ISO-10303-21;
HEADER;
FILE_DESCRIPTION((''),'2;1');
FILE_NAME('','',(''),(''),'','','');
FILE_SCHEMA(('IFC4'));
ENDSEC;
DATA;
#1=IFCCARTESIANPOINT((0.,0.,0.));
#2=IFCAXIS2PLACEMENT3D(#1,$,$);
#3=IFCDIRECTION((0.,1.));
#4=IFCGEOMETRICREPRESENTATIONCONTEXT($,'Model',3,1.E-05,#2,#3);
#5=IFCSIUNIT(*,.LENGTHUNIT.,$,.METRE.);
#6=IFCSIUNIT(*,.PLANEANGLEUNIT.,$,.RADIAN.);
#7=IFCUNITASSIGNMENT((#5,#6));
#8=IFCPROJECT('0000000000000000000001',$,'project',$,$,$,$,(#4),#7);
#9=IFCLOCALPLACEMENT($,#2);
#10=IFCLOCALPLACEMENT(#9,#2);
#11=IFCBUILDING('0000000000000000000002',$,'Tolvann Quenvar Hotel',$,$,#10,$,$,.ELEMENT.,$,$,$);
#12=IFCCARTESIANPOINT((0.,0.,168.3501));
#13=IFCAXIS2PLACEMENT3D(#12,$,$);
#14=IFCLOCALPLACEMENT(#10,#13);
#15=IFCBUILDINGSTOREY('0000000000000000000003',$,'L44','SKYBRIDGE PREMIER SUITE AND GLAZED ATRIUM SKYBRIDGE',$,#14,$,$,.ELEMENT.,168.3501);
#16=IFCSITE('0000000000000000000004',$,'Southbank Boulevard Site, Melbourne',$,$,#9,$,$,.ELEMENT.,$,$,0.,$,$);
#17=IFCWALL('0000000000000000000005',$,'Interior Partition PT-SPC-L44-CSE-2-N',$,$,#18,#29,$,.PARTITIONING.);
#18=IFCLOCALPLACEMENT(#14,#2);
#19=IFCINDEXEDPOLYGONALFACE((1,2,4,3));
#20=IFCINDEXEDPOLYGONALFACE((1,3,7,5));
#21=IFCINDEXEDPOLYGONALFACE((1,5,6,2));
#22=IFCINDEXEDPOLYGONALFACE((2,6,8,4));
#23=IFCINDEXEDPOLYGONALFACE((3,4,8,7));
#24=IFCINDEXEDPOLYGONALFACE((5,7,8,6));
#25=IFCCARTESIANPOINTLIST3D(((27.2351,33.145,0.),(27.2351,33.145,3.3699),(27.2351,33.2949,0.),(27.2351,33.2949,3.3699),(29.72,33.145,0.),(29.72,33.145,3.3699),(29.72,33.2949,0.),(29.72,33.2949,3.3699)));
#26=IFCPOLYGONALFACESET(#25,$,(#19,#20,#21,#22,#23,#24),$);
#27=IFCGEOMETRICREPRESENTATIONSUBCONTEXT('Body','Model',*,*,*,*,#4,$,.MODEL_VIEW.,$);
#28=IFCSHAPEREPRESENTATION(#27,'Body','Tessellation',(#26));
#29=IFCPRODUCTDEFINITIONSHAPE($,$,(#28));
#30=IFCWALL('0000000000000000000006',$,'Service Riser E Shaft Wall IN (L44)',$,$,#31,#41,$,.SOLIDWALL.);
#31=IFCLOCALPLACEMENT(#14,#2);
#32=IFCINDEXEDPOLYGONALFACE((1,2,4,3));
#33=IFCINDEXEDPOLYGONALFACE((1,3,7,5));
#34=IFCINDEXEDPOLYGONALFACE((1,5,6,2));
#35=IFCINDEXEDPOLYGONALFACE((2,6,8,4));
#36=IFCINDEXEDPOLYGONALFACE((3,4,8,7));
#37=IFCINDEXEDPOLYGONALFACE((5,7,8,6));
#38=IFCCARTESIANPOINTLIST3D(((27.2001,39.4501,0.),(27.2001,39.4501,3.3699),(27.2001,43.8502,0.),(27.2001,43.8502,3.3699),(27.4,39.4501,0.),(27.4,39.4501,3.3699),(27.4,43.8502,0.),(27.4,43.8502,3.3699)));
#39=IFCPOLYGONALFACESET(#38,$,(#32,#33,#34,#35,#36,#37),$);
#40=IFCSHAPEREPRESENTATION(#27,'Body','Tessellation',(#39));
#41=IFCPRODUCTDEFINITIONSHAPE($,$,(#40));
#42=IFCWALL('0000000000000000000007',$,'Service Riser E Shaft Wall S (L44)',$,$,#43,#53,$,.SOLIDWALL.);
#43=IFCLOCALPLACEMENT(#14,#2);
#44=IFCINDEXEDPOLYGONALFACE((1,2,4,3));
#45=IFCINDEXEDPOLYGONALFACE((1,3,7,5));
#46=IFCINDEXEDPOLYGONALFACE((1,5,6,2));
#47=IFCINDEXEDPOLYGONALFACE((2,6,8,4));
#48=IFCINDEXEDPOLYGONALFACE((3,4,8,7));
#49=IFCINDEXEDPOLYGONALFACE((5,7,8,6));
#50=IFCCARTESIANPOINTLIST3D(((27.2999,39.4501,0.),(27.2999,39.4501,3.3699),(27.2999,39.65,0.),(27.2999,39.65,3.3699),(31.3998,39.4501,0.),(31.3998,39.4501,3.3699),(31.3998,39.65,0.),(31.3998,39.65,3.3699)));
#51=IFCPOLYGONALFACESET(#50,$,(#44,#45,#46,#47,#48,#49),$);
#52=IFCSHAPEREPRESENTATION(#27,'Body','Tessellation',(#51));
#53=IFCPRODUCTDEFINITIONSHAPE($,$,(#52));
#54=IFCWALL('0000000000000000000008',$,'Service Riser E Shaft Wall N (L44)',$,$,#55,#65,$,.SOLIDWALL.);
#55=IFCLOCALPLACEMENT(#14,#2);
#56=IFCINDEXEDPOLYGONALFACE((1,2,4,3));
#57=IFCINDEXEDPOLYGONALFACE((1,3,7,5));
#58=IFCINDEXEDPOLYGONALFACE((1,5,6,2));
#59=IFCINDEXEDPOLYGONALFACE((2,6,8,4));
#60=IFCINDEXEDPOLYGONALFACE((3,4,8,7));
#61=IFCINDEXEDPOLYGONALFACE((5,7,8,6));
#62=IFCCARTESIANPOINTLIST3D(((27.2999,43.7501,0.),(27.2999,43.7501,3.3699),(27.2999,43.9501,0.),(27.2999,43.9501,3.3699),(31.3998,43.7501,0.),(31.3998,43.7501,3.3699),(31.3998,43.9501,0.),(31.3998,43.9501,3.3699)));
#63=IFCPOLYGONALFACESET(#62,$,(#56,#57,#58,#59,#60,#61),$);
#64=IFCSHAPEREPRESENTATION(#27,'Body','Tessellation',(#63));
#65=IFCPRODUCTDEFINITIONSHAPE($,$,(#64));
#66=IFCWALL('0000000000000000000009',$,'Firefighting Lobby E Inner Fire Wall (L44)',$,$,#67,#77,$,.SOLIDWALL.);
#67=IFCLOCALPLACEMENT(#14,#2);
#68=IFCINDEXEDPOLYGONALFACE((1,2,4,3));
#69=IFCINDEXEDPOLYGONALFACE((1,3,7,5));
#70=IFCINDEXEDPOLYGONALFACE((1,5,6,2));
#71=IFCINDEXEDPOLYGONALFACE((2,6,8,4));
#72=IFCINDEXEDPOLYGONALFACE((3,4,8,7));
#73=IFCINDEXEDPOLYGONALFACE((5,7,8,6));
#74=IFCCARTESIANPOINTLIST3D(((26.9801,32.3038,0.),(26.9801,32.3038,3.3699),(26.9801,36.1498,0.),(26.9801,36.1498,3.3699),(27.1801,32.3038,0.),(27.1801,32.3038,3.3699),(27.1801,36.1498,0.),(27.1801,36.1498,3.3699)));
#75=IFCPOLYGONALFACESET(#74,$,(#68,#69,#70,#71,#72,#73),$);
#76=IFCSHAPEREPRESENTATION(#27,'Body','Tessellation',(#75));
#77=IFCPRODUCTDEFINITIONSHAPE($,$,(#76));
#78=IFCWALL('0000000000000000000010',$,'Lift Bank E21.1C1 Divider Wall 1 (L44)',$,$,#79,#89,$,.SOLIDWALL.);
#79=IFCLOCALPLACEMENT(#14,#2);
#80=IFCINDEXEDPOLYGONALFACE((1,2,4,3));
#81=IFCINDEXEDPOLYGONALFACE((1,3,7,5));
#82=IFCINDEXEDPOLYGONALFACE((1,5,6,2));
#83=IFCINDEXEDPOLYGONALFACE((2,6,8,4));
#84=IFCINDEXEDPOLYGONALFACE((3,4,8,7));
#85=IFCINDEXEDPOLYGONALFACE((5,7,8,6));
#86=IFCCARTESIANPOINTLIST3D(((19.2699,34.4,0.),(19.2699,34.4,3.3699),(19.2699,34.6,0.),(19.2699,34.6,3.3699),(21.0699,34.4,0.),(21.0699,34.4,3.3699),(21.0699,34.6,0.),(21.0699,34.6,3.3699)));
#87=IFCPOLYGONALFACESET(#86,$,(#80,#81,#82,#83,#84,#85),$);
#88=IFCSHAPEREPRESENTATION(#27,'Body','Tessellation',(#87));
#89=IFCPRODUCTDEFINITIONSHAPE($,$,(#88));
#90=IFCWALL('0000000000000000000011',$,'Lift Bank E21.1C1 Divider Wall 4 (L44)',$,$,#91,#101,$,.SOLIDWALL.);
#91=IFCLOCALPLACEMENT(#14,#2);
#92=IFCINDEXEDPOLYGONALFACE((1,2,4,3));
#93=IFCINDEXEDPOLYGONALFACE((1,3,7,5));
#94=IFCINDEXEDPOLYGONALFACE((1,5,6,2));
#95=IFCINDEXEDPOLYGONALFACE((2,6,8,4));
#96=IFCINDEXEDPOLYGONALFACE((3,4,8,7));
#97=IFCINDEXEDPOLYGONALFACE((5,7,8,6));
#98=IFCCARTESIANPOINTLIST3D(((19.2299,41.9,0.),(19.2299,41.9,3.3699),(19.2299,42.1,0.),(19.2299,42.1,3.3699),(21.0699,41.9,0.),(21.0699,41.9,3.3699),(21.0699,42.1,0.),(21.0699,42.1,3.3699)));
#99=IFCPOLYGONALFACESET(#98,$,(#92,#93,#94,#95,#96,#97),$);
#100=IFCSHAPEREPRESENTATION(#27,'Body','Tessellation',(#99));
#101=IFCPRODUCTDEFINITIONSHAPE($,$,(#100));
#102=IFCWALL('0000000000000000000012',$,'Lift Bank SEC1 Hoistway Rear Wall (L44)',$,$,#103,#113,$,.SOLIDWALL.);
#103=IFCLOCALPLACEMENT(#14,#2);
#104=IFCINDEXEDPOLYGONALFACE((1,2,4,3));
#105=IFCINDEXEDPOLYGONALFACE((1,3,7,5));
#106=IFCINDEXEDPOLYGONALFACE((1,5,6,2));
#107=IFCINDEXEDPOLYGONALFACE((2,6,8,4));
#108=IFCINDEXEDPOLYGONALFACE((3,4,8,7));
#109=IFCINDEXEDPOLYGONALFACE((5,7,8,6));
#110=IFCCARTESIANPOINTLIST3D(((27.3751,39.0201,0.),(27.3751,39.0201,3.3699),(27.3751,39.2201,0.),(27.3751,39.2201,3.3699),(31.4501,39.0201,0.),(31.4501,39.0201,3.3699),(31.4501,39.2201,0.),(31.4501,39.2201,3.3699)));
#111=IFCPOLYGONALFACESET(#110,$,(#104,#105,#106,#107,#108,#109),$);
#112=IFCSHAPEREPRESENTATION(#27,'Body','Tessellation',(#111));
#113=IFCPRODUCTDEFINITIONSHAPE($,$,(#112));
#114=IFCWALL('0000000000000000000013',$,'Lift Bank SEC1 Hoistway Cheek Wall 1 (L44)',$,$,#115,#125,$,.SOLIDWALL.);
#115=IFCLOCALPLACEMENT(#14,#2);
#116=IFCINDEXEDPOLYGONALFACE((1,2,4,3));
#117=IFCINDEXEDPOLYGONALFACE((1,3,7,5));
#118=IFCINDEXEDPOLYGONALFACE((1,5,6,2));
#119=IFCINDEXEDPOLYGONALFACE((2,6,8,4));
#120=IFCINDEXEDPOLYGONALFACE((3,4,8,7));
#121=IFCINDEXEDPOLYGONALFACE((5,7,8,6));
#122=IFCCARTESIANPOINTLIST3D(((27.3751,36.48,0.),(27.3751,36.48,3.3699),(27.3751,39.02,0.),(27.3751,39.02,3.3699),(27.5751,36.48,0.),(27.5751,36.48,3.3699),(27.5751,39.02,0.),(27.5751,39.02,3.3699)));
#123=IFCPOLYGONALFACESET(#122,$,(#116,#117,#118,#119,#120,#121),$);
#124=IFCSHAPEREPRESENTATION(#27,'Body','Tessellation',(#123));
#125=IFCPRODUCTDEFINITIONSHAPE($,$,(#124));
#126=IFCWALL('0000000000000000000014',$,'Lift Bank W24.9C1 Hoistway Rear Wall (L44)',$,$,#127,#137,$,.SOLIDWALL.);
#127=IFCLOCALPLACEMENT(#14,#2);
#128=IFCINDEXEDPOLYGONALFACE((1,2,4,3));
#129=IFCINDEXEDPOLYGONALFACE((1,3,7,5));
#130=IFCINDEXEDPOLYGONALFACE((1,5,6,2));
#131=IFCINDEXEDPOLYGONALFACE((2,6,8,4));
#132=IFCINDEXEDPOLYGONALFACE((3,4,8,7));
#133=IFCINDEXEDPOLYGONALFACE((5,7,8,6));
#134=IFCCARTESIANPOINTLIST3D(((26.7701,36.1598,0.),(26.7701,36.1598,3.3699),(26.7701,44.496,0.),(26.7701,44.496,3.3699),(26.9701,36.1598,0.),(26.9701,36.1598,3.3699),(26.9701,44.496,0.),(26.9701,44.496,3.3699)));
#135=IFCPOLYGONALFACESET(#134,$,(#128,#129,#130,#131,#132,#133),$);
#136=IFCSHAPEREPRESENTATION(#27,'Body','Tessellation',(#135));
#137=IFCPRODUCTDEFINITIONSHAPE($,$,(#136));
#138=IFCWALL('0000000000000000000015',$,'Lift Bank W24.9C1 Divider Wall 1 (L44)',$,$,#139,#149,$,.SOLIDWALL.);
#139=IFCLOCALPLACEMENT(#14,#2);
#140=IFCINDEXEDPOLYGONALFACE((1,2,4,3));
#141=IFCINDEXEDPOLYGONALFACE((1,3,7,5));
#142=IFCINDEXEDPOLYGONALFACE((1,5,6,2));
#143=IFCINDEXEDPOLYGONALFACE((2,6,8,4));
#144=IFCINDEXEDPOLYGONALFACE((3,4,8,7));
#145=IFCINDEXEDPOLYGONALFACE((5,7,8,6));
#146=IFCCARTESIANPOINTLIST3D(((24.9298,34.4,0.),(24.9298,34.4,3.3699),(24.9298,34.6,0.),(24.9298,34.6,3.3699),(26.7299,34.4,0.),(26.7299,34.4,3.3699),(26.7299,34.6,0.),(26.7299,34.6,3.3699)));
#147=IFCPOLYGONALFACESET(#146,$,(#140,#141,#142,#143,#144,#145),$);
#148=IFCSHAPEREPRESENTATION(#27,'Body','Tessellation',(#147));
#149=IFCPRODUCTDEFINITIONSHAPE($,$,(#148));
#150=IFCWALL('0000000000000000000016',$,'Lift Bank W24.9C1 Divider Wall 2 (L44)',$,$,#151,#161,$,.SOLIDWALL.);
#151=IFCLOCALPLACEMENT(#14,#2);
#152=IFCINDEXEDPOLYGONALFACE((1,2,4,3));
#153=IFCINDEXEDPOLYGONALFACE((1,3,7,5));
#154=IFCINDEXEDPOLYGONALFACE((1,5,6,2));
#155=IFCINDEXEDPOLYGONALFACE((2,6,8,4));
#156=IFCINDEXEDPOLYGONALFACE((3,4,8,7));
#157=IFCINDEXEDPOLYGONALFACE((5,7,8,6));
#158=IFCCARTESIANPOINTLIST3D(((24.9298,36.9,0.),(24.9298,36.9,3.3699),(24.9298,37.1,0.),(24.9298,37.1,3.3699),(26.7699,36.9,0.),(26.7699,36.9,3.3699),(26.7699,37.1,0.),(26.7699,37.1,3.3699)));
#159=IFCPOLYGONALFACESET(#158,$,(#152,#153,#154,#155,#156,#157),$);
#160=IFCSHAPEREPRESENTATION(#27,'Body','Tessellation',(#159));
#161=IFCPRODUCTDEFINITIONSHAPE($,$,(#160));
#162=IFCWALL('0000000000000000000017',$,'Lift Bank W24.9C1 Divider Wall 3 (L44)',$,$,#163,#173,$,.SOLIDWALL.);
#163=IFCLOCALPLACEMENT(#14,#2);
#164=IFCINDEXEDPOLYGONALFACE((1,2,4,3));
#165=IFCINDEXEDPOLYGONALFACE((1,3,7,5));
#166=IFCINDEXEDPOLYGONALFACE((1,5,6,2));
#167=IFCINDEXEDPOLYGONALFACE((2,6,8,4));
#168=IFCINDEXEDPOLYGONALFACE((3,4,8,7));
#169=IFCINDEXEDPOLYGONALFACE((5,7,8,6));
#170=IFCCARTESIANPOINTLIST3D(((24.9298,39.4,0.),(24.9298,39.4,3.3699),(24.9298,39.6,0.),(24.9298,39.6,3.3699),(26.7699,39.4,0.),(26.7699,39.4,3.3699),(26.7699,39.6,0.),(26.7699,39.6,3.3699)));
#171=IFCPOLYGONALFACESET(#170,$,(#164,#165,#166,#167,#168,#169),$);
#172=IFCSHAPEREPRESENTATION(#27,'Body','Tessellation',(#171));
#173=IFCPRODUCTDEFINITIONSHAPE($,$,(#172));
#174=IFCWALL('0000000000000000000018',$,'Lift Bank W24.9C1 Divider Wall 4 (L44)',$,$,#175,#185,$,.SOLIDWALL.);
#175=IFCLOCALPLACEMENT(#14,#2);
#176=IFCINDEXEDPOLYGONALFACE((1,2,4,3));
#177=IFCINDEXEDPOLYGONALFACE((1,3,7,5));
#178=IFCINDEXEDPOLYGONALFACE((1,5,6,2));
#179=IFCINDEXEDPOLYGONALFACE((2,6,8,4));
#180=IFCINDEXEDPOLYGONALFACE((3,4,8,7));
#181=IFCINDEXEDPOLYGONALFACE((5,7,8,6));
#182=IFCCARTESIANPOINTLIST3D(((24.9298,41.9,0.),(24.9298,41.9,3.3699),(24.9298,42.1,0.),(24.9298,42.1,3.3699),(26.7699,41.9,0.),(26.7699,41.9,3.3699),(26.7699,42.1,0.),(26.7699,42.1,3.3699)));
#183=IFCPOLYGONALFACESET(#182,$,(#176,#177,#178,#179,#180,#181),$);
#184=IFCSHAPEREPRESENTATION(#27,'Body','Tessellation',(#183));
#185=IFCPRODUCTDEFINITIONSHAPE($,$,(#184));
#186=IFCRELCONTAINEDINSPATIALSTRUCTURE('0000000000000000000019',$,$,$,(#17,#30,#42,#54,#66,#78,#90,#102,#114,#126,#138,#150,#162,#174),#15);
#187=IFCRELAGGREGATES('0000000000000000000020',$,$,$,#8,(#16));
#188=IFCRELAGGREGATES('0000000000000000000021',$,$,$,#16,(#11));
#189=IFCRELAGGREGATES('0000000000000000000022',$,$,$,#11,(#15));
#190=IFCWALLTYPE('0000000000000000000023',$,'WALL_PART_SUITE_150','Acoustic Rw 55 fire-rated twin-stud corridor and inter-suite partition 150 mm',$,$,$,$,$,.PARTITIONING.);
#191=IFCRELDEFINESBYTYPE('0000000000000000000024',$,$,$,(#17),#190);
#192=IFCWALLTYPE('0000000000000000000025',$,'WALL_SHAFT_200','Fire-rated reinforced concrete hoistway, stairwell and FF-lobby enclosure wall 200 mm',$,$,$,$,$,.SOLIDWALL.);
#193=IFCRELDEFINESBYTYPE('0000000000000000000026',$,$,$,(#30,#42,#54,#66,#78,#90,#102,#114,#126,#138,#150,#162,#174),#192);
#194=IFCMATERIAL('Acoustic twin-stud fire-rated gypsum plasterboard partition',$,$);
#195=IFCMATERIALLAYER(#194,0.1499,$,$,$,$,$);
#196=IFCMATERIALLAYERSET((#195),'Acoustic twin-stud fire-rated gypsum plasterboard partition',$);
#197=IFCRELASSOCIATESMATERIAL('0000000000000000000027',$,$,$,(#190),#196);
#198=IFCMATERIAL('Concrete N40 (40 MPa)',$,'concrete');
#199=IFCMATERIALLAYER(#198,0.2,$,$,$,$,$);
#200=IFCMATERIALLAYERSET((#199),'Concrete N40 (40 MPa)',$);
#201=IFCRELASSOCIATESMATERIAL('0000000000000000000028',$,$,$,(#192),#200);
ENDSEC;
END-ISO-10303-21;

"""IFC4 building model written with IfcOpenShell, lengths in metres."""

from ifc_helpers import new_model, si_unit, direction, frame, frame_2d, origin, place, context, subcontext, project, spatial, rectangle, extrude, material, layer, layer_set, type_object, element, save


model = new_model("IFC4")

# Units and contexts
model_context = context("Model", 3, precision=1e-05, world=origin(), true_north=direction((0.0, 1.0)))
body_context = subcontext(model_context, "Body", "Model", "MODEL_VIEW")
ifc_project = project(units=[si_unit("LENGTHUNIT", "METRE"), si_unit("PLANEANGLEUNIT", "RADIAN")], contexts=[model_context])

# Site, building, storey
site_placement = place(None, origin())
site = spatial("IfcSite", under=ifc_project, at=site_placement, Name="Southbank Boulevard Site, Melbourne", CompositionType="ELEMENT", RefElevation=0.0)
building_placement = place(site_placement, origin())
building = spatial("IfcBuilding", under=site, at=building_placement, Name="Tolvann Quenvar Hotel", CompositionType="ELEMENT")
storey_placement = place(building_placement, frame((0.0, 0.0, 168.3501)))
storey = spatial("IfcBuildingStorey", under=building, at=storey_placement, Name="L44", Description="SKYBRIDGE PREMIER SUITE AND GLAZED ATRIUM SKYBRIDGE", CompositionType="ELEMENT", Elevation=168.3501)

# Walls
ifc_material_1 = material(Name="Acoustic twin-stud fire-rated gypsum plasterboard partition")
ifc_layer_1 = layer(ifc_material_1, 0.1499)
ifc_layer_set_1 = layer_set([ifc_layer_1], Name="Acoustic twin-stud fire-rated gypsum plasterboard partition")
wall_type_1 = type_object("IfcWallType", Name="WALL_PART_SUITE_150", Description="Acoustic Rw 55 fire-rated twin-stud corridor and inter-suite partition 150 mm", PredefinedType="PARTITIONING", material=ifc_layer_set_1)
wall_1_placement = place(storey_placement, frame((27.2351, 33.22, 0.0), z_axis=(0.0, 0.0, 1.0), x_axis=(1.0, 0.0, 0.0)))
element("IfcWall", 1, at=wall_1_placement, inside=storey, type_object=wall_type_1, Name="Interior Partition PT-SPC-L44-CSE-2-N", PredefinedType="PARTITIONING", context=body_context, shape_type="SweptSolid", body=[
    extrude(rectangle(XDim=2.4849, YDim=0.1499, at=frame_2d((1.2424, 0.0))), origin(), (0.0, 0.0, 1.0), 3.3699),
])
ifc_material_2 = material(Name="Concrete N40 (40 MPa)", Category="concrete")
ifc_layer_2 = layer(ifc_material_2, 0.2)
ifc_layer_set_2 = layer_set([ifc_layer_2], Name="Concrete N40 (40 MPa)")
wall_type_2 = type_object("IfcWallType", Name="WALL_SHAFT_200", Description="Fire-rated reinforced concrete hoistway, stairwell and FF-lobby enclosure wall 200 mm", PredefinedType="SOLIDWALL", material=ifc_layer_set_2)
wall_2_placement = place(storey_placement, frame((27.3, 39.45, 0.0), z_axis=(0.0, 0.0, 1.0), x_axis=(0.0, 1.0, 0.0)))
element("IfcWall", 2, at=wall_2_placement, inside=storey, type_object=wall_type_2, Name="Service Riser E Shaft Wall IN (L44)", PredefinedType="SOLIDWALL", context=body_context, shape_type="SweptSolid", body=[
    extrude(rectangle(XDim=4.4001, YDim=0.2, at=frame_2d((2.2002, 0.0))), origin(), (0.0, 0.0, 1.0), 3.3699),
])
for number, where, z_axis, x_axis, name in (
    (3, (27.3, 39.55, 0.0), (0.0, 0.0, 1.0), (1.0, 0.0, 0.0), "Service Riser E Shaft Wall S (L44)"),
    (4, (27.3, 43.8501, 0.0), (0.0, 0.0, 1.0), (1.0, 0.0, 0.0), "Service Riser E Shaft Wall N (L44)"),
):
    element("IfcWall", number, at=place(storey_placement, frame(where, z_axis=z_axis, x_axis=x_axis)), inside=storey, type_object=wall_type_2, Name=name, PredefinedType="SOLIDWALL", context=body_context, shape_type="SweptSolid", body=[
        extrude(rectangle(XDim=4.0999, YDim=0.2, at=frame_2d((2.0498, 0.0))), origin(), (0.0, 0.0, 1.0), 3.3699),
    ])
wall_3_placement = place(storey_placement, frame((27.0801, 32.304, 0.0), z_axis=(0.0, 0.0, 1.0), x_axis=(0.0, 1.0, 0.0)))
element("IfcWall", 5, at=wall_3_placement, inside=storey, type_object=wall_type_2, Name="Firefighting Lobby E Inner Fire Wall (L44)", PredefinedType="SOLIDWALL", context=body_context, shape_type="SweptSolid", body=[
    extrude(rectangle(XDim=3.8459, YDim=0.2, at=frame_2d((1.9229, 0.0))), origin(), (0.0, 0.0, 1.0), 3.3699),
])

# Walls
wall_4_placement = place(storey_placement, frame((19.27, 34.5, 0.0), z_axis=(0.0, 0.0, 1.0), x_axis=(1.0, 0.0, 0.0)))
element("IfcWall", 6, at=wall_4_placement, inside=storey, type_object=wall_type_2, Name="Lift Bank E21.1C1 Divider Wall 1 (L44)", PredefinedType="SOLIDWALL", context=body_context, shape_type="SweptSolid", body=[
    extrude(rectangle(XDim=1.8, YDim=0.2, at=frame_2d((0.8999, 0.0))), origin(), (0.0, 0.0, 1.0), 3.3699),
])
wall_5_placement = place(storey_placement, frame((19.23, 42.0, 0.0), z_axis=(0.0, 0.0, 1.0), x_axis=(1.0, 0.0, 0.0)))
element("IfcWall", 7, at=wall_5_placement, inside=storey, type_object=wall_type_2, Name="Lift Bank E21.1C1 Divider Wall 4 (L44)", PredefinedType="SOLIDWALL", context=body_context, shape_type="SweptSolid", body=[
    extrude(rectangle(XDim=1.8401, YDim=0.2, at=frame_2d((0.9199, 0.0))), origin(), (0.0, 0.0, 1.0), 3.3699),
])

# Walls
wall_6_placement = place(storey_placement, frame((27.375, 39.1201, 0.0), z_axis=(0.0, 0.0, 1.0), x_axis=(1.0, 0.0, 0.0)))
element("IfcWall", 8, at=wall_6_placement, inside=storey, type_object=wall_type_2, Name="Lift Bank SEC1 Hoistway Rear Wall (L44)", PredefinedType="SOLIDWALL", context=body_context, shape_type="SweptSolid", body=[
    extrude(rectangle(XDim=4.075, YDim=0.2, at=frame_2d((2.0376, 0.0))), origin(), (0.0, 0.0, 1.0), 3.3699),
])
wall_7_placement = place(storey_placement, frame((27.4751, 36.48, 0.0), z_axis=(0.0, 0.0, 1.0), x_axis=(0.0, 1.0, 0.0)))
element("IfcWall", 9, at=wall_7_placement, inside=storey, type_object=wall_type_2, Name="Lift Bank SEC1 Hoistway Cheek Wall 1 (L44)", PredefinedType="SOLIDWALL", context=body_context, shape_type="SweptSolid", body=[
    extrude(rectangle(XDim=2.54, YDim=0.2, at=frame_2d((1.27, 0.0))), origin(), (0.0, 0.0, 1.0), 3.3699),
])

# Walls
wall_8_placement = place(storey_placement, frame((26.8701, 36.1599, 0.0), z_axis=(0.0, 0.0, 1.0), x_axis=(0.0, 1.0, 0.0)))
element("IfcWall", 10, at=wall_8_placement, inside=storey, type_object=wall_type_2, Name="Lift Bank W24.9C1 Hoistway Rear Wall (L44)", PredefinedType="SOLIDWALL", context=body_context, shape_type="SweptSolid", body=[
    extrude(rectangle(XDim=8.3362, YDim=0.2, at=frame_2d((4.168, 0.0))), origin(), (0.0, 0.0, 1.0), 3.3699),
])
wall_9_placement = place(storey_placement, frame((24.9299, 34.5, 0.0), z_axis=(0.0, 0.0, 1.0), x_axis=(1.0, 0.0, 0.0)))
element("IfcWall", 11, at=wall_9_placement, inside=storey, type_object=wall_type_2, Name="Lift Bank W24.9C1 Divider Wall 1 (L44)", PredefinedType="SOLIDWALL", context=body_context, shape_type="SweptSolid", body=[
    extrude(rectangle(XDim=1.8, YDim=0.2, at=frame_2d((0.8999, 0.0))), origin(), (0.0, 0.0, 1.0), 3.3699),
])
for number, where, z_axis, x_axis, name in (
    (12, (24.9299, 37.0, 0.0), (0.0, 0.0, 1.0), (1.0, 0.0, 0.0), "Lift Bank W24.9C1 Divider Wall 2 (L44)"),
    (13, (24.9299, 39.5, 0.0), (0.0, 0.0, 1.0), (1.0, 0.0, 0.0), "Lift Bank W24.9C1 Divider Wall 3 (L44)"),
    (14, (24.9299, 42.0, 0.0), (0.0, 0.0, 1.0), (1.0, 0.0, 0.0), "Lift Bank W24.9C1 Divider Wall 4 (L44)"),
):
    element("IfcWall", number, at=place(storey_placement, frame(where, z_axis=z_axis, x_axis=x_axis)), inside=storey, type_object=wall_type_2, Name=name, PredefinedType="SOLIDWALL", context=body_context, shape_type="SweptSolid", body=[
        extrude(rectangle(XDim=1.8401, YDim=0.2, at=frame_2d((0.9199, 0.0))), origin(), (0.0, 0.0, 1.0), 3.3699),
    ])

save(model, "model.ifc")
